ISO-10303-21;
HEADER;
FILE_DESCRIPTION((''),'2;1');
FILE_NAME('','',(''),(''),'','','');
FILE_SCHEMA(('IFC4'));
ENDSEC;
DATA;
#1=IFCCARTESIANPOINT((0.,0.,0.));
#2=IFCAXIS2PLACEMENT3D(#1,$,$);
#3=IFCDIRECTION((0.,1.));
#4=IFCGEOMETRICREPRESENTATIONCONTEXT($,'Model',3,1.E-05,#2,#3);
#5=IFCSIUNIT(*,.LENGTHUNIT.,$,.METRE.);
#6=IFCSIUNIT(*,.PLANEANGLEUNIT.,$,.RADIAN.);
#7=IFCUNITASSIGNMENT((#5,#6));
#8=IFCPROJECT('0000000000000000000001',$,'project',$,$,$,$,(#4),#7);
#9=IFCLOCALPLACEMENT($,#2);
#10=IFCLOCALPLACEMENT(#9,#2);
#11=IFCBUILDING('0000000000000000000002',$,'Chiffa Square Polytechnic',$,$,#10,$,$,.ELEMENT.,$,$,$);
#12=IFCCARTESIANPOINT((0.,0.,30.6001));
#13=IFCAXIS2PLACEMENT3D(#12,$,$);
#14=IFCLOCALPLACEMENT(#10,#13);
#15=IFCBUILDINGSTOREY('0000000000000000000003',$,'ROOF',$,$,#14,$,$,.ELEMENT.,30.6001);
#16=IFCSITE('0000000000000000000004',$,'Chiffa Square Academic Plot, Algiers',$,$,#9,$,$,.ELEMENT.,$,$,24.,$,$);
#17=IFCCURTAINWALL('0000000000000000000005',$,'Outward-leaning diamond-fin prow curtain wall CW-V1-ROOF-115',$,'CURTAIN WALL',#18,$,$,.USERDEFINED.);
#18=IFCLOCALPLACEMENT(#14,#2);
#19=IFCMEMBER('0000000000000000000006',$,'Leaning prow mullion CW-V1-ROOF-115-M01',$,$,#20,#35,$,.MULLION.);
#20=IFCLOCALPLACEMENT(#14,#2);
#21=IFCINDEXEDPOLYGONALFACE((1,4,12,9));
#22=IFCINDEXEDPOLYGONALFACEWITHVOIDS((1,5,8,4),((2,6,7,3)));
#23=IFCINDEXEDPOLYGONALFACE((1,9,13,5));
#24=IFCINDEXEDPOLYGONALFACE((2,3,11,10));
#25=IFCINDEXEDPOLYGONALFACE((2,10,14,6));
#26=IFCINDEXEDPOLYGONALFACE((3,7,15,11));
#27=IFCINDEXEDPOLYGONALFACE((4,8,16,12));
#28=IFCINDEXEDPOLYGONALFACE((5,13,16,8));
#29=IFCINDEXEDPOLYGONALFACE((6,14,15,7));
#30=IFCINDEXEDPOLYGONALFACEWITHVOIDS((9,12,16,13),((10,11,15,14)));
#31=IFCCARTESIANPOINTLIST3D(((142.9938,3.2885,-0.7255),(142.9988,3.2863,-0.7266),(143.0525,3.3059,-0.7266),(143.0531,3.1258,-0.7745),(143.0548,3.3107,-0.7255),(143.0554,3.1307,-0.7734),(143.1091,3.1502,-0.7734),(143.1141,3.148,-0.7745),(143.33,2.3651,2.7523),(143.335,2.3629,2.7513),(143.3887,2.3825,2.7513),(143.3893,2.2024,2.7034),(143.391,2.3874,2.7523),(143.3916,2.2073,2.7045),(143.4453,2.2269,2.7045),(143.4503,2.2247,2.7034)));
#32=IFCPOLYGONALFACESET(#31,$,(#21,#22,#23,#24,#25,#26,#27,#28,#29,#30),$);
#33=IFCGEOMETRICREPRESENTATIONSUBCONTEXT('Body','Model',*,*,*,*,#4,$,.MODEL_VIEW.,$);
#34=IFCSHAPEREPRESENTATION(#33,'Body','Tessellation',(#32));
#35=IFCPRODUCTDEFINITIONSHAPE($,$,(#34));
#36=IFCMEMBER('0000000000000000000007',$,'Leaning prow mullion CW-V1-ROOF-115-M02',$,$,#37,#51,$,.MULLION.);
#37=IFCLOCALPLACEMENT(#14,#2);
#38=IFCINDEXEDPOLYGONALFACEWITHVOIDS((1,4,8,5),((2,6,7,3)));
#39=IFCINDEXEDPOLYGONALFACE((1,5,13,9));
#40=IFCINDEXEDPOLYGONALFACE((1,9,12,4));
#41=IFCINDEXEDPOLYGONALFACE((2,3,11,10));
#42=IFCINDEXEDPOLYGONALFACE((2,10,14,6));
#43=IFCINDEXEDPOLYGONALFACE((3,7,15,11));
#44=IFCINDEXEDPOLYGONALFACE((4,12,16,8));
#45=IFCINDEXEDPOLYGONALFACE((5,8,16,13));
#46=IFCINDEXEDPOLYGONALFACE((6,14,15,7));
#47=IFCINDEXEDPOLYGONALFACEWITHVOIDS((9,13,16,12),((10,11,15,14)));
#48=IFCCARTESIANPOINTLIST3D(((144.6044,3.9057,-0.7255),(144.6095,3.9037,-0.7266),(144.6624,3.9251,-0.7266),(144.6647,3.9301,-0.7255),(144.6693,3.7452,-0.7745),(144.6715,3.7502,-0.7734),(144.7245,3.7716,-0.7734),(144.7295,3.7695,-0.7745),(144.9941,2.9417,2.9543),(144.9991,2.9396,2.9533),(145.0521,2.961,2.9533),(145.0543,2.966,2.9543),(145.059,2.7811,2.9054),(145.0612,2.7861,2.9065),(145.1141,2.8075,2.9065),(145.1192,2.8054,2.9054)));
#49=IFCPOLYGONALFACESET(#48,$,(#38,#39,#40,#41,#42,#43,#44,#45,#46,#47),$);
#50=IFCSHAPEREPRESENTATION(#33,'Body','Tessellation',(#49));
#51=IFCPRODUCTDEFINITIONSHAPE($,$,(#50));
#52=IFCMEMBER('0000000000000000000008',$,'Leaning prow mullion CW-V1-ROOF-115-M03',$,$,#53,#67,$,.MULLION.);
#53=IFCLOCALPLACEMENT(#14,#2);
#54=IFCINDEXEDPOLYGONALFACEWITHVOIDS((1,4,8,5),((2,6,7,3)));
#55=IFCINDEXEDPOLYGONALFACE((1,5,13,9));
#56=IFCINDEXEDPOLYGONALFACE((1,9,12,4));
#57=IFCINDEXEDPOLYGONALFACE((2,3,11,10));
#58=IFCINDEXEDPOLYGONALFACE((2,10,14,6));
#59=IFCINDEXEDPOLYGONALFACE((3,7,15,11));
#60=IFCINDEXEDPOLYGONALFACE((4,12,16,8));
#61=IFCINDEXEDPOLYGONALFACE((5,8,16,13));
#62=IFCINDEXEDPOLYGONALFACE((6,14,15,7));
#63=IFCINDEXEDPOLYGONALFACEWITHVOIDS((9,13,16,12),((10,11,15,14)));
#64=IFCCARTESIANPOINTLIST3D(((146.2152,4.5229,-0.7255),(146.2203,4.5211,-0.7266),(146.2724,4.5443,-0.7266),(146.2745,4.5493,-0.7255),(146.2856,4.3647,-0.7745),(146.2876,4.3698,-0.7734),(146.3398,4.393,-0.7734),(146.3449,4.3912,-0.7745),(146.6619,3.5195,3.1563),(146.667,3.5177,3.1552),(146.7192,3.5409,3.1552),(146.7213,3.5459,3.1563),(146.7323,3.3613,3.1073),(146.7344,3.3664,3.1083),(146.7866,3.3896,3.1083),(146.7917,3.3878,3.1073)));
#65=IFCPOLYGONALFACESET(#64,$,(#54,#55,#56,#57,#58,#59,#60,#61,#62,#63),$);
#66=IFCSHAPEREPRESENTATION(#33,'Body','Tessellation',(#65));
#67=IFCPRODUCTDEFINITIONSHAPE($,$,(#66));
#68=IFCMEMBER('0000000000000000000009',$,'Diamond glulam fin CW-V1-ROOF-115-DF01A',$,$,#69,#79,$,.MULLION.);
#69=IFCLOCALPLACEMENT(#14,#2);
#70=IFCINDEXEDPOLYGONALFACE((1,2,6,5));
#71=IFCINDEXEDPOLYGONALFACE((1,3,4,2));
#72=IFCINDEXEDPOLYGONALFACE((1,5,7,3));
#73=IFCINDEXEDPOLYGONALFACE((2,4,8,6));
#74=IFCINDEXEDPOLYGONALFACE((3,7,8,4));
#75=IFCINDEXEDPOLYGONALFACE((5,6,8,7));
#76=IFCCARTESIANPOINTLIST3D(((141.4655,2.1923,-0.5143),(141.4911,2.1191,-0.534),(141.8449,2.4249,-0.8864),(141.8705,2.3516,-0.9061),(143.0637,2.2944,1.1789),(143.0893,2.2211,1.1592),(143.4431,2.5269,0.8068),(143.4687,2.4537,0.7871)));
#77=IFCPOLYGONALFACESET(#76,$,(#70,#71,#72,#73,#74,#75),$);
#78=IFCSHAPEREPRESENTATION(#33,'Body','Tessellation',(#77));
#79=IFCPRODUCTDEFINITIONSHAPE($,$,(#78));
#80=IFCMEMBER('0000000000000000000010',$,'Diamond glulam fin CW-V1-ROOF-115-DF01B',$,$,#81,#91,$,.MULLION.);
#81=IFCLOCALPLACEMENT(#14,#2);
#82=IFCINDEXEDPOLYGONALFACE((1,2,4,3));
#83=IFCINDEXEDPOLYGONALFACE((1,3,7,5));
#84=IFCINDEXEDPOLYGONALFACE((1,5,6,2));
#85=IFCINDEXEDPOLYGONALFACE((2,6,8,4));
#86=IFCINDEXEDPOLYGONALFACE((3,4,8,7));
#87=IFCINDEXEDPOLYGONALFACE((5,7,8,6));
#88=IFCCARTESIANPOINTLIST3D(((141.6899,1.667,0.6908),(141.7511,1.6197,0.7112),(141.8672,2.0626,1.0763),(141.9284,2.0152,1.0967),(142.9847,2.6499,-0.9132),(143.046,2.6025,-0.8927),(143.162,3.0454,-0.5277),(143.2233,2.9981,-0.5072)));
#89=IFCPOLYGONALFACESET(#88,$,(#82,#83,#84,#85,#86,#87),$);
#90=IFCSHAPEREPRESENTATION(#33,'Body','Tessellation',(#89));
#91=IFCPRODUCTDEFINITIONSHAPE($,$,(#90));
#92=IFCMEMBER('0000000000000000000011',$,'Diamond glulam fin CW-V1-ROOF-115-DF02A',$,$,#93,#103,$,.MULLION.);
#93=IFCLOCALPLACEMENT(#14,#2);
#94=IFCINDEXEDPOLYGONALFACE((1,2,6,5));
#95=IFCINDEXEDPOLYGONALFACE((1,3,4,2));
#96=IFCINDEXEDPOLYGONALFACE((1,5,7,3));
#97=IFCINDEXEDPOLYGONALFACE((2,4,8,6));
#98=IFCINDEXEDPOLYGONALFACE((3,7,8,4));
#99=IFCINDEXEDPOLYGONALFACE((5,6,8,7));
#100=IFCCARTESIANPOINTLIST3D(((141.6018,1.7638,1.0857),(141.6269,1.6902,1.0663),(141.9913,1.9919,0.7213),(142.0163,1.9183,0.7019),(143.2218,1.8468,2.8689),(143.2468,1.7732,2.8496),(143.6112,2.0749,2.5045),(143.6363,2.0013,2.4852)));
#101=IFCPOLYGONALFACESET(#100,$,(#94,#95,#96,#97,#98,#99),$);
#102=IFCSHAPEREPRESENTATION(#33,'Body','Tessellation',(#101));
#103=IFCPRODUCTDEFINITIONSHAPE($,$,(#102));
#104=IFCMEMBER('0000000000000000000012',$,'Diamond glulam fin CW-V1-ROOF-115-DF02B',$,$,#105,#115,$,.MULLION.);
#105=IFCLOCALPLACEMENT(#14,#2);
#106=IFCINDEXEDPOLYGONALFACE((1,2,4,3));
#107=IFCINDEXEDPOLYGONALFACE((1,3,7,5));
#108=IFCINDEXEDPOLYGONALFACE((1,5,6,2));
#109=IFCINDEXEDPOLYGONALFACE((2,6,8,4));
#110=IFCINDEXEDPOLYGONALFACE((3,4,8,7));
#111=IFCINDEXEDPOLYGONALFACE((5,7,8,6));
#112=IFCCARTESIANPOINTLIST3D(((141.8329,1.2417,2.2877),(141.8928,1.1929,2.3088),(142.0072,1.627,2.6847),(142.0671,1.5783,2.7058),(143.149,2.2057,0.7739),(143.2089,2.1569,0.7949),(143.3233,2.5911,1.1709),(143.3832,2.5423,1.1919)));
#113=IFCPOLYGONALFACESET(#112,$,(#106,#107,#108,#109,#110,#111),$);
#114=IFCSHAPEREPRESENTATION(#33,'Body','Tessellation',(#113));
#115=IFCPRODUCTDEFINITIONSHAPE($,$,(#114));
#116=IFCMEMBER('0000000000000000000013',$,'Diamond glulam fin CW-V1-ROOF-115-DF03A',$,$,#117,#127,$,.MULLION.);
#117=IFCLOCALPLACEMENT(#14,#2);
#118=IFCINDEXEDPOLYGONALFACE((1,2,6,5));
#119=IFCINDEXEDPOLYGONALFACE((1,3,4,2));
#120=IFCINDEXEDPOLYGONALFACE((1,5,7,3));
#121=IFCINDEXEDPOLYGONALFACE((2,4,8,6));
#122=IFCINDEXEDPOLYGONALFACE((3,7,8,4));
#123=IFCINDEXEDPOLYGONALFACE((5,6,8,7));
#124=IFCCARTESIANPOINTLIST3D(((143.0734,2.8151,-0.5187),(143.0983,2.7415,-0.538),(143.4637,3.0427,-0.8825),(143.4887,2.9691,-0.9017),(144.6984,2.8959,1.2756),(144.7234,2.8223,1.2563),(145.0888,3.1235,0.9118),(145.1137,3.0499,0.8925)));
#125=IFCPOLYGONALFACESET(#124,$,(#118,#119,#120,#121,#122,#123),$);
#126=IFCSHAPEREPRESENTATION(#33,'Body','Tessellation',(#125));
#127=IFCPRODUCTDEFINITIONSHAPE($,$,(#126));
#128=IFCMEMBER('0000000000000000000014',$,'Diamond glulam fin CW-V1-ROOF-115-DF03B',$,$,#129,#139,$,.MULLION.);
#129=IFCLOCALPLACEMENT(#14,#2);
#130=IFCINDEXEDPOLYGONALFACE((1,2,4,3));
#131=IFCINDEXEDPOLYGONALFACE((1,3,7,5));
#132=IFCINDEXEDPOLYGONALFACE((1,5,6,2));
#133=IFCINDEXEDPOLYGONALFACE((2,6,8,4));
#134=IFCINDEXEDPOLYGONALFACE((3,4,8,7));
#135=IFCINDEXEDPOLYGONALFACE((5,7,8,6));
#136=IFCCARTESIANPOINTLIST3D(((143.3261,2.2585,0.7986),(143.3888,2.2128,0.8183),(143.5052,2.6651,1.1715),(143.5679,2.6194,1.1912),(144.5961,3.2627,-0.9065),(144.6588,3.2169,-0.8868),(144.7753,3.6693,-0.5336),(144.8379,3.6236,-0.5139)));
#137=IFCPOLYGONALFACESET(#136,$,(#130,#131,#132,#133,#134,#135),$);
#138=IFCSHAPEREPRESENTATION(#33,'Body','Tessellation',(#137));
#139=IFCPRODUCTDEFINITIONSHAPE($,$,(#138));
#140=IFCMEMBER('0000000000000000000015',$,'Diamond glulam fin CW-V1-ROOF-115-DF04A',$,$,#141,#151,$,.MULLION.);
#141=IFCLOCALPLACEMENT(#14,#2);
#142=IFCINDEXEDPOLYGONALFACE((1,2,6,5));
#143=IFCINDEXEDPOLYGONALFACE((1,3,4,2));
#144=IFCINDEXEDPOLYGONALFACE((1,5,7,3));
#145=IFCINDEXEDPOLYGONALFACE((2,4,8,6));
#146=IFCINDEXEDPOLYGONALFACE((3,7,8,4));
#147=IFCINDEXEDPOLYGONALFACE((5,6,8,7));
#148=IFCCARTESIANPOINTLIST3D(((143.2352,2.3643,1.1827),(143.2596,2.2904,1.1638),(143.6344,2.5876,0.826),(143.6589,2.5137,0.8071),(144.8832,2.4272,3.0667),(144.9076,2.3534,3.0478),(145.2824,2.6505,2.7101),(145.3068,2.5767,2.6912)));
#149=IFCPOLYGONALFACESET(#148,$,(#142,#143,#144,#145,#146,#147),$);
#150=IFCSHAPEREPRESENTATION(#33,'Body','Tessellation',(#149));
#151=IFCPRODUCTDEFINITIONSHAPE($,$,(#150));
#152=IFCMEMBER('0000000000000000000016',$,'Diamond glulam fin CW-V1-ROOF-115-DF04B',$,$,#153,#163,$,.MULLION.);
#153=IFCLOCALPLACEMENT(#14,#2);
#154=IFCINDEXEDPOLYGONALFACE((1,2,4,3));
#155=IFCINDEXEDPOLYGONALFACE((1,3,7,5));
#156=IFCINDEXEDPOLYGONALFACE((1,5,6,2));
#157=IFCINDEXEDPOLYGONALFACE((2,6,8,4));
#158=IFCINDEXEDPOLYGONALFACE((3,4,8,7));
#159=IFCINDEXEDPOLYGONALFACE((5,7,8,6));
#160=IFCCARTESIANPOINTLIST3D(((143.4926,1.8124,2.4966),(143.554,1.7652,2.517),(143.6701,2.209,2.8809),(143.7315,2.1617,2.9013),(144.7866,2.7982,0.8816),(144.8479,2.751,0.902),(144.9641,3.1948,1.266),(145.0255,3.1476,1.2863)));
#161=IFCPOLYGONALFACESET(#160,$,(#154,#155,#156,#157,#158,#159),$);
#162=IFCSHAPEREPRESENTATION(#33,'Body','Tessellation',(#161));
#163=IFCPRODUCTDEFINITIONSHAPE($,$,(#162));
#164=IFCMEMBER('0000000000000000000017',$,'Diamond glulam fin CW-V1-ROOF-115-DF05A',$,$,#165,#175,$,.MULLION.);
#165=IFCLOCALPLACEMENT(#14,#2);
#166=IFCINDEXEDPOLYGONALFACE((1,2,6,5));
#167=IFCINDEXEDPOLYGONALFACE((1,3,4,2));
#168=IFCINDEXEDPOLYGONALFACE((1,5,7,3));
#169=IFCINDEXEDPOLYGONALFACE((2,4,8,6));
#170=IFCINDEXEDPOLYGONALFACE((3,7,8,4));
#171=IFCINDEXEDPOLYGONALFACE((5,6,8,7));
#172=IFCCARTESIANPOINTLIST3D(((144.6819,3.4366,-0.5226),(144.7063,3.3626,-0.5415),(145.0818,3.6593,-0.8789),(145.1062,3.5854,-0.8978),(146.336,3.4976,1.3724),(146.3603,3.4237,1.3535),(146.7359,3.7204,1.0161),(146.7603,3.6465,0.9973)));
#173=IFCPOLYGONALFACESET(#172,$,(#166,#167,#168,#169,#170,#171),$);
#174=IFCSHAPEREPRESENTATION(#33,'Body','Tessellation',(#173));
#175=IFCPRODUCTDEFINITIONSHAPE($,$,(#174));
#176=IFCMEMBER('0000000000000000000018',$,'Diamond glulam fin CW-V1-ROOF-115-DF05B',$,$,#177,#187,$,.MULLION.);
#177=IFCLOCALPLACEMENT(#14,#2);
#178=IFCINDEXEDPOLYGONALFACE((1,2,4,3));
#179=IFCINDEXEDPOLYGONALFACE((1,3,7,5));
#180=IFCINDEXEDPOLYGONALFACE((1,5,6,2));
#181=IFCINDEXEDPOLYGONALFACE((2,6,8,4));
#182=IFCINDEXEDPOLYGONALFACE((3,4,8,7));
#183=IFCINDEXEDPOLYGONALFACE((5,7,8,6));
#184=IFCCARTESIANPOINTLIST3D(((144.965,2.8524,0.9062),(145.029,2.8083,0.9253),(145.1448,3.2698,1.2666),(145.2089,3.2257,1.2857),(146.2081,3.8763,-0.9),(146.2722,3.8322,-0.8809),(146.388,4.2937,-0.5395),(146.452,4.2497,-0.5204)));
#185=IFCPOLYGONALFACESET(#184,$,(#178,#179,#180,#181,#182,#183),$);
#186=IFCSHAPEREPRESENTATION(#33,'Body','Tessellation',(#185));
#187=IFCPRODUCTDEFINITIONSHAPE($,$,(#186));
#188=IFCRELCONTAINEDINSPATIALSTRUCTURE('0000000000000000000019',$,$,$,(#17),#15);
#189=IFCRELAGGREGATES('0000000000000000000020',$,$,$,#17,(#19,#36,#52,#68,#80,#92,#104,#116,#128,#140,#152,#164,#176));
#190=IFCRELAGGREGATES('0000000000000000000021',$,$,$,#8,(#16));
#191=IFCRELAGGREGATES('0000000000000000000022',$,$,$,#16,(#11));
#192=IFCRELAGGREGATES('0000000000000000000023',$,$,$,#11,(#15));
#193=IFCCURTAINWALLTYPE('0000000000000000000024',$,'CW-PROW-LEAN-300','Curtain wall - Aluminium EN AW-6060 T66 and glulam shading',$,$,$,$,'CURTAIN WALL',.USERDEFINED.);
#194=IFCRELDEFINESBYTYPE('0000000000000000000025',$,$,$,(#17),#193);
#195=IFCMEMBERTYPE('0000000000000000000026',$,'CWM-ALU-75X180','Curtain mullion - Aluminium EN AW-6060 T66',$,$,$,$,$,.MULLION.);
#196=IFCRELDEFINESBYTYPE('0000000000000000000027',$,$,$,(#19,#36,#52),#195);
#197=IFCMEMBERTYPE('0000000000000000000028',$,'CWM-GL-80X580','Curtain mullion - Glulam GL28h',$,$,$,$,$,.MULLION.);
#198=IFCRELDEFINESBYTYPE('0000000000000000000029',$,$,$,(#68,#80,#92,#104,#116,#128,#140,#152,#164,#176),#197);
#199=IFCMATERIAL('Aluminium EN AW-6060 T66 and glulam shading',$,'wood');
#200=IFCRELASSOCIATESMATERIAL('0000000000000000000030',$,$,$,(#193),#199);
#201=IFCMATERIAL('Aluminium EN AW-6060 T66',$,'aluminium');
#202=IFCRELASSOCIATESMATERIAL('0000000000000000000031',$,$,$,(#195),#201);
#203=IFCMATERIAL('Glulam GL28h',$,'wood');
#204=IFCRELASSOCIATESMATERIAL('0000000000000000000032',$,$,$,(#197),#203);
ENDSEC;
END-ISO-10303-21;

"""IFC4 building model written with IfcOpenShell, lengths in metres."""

from ifc_helpers import new_model, si_unit, direction, frame, origin, origin_2d, place, context, subcontext, project, spatial, rectangle, hollow_rectangle, extrude, material, material_profile, profile_set, type_object, element, aggregate, save


model = new_model("IFC4")

# Units and contexts
model_context = context("Model", 3, precision=1e-05, world=origin(), true_north=direction((0.0, 1.0)))
body_context = subcontext(model_context, "Body", "Model", "MODEL_VIEW")
ifc_project = project(units=[si_unit("LENGTHUNIT", "METRE"), si_unit("PLANEANGLEUNIT", "RADIAN")], contexts=[model_context])

# Site, building, storey
site_placement = place(None, origin())
site = spatial("IfcSite", under=ifc_project, at=site_placement, Name="Chiffa Square Academic Plot, Algiers", CompositionType="ELEMENT", RefElevation=24.0)
building_placement = place(site_placement, origin())
building = spatial("IfcBuilding", under=site, at=building_placement, Name="Chiffa Square Polytechnic", CompositionType="ELEMENT")
storey_placement = place(building_placement, frame((0.0, 0.0, 30.6001)))
storey = spatial("IfcBuildingStorey", under=building, at=storey_placement, Name="ROOF", CompositionType="ELEMENT", Elevation=30.6001)

# Curtain wall, members
ifc_material_1 = material(Name="Aluminium EN AW-6060 T66 and glulam shading", Category="wood")
curtain_wall_type_1 = type_object("IfcCurtainWallType", Name="CW-PROW-LEAN-300", Description="Curtain wall - Aluminium EN AW-6060 T66 and glulam shading", ElementType="CURTAIN WALL", PredefinedType="USERDEFINED", material=ifc_material_1)
curtain_wall_1_placement = place(storey_placement, origin())
curtain_wall_1 = element("IfcCurtainWall", 1, at=curtain_wall_1_placement, inside=storey, type_object=curtain_wall_type_1, Name="Outward-leaning diamond-fin prow curtain wall CW-V1-ROOF-115", ObjectType="CURTAIN WALL", PredefinedType="USERDEFINED")
ifc_material_2 = material(Name="Aluminium EN AW-6060 T66", Category="aluminium")
ifc_material_profile_1 = material_profile(ifc_material_2, hollow_rectangle(XDim=0.0649, YDim=0.1799, WallThickness=0.0039, at=origin_2d()), Name="ALU 65x180x4")
ifc_profile_set_1 = profile_set([ifc_material_profile_1], Name="Aluminium EN AW-6060 T66")
member_type_1 = type_object("IfcMemberType", Name="CWM-ALU-75X180", Description="Curtain mullion - Aluminium EN AW-6060 T66", PredefinedType="MULLION", material=ifc_profile_set_1)
member_1_placement = place(storey_placement, frame((143.054, 3.2183, -0.75), z_axis=(0.093024, -0.255494, 0.962325), x_axis=(0.939656, 0.342122, 0.0)))
member_1 = element("IfcMember", 2, at=member_1_placement, type_object=member_type_1, Name="Leaning prow mullion CW-V1-ROOF-115-M01", PredefinedType="MULLION", context=body_context, shape_type="SweptSolid", body=[
    extrude(hollow_rectangle(XDim=0.0649, YDim=0.1799, WallThickness=0.0039, at=origin_2d()), origin(), (0.0, 0.0, 1.0), 3.614),
])
member_2_placement = place(storey_placement, frame((144.667, 3.8376, -0.75), z_axis=(0.101895, -0.252119, 0.962317), x_axis=(0.927143, 0.374708, 0.0)))
member_2 = element("IfcMember", 3, at=member_2_placement, type_object=member_type_1, Name="Leaning prow mullion CW-V1-ROOF-115-M02", PredefinedType="MULLION", context=body_context, shape_type="SweptSolid", body=[
    extrude(hollow_rectangle(XDim=0.0649, YDim=0.1799, WallThickness=0.0039, at=origin_2d()), origin(), (0.0, 0.0, 1.0), 3.824),
])
member_3_placement = place(storey_placement, frame((146.28, 4.457, -0.75), z_axis=(0.110746, -0.248725, 0.962222), x_axis=(0.913536, 0.406757, 0.0)))
member_3 = element("IfcMember", 4, at=member_3_placement, type_object=member_type_1, Name="Leaning prow mullion CW-V1-ROOF-115-M03", PredefinedType="MULLION", context=body_context, shape_type="SweptSolid", body=[
    extrude(hollow_rectangle(XDim=0.0649, YDim=0.1799, WallThickness=0.0039, at=origin_2d()), origin(), (0.0, 0.0, 1.0), 4.0342),
])
ifc_material_3 = material(Name="Glulam GL28h", Category="wood")
ifc_material_profile_2 = material_profile(ifc_material_3, rectangle(XDim=0.0801, YDim=0.5801, at=origin_2d()), Name="GL28h 80x580")
ifc_profile_set_2 = profile_set([ifc_material_profile_2], Name="Glulam GL28h")
member_type_2 = type_object("IfcMemberType", Name="CWM-GL-80X580", Description="Curtain mullion - Glulam GL28h", PredefinedType="MULLION", material=ifc_profile_set_2)
member_4_placement = place(storey_placement, frame((141.668, 2.272, -0.7102), z_axis=(0.685759, 0.04379, 0.72651), x_axis=(-0.319322, 0.915091, 0.246254)))
member_4 = element("IfcMember", 5, at=member_4_placement, type_object=member_type_2, Name="Diamond glulam fin CW-V1-ROOF-115-DF01A", PredefinedType="MULLION", context=body_context, shape_type="SweptSolid", body=[
    extrude(rectangle(XDim=0.0801, YDim=0.5801, at=origin_2d()), origin(), (0.0, 0.0, 1.0), 2.3306),
])
member_5_placement = place(storey_placement, frame((143.104, 2.824, -0.7102), z_axis=(-0.567002, -0.430383, 0.702338), x_axis=(0.764928, -0.591446, 0.255102)))
member_5 = element("IfcMember", 6, at=member_5_placement, type_object=member_type_2, Name="Diamond glulam fin CW-V1-ROOF-115-DF01B", PredefinedType="MULLION", context=body_context, shape_type="SweptSolid", body=[
    extrude(rectangle(XDim=0.0801, YDim=0.5801, at=origin_2d()), origin(), (0.0, 0.0, 1.0), 2.2837),
])
member_6_placement = place(storey_placement, frame((141.8091, 1.8411, 0.8938), z_axis=(0.671997, 0.034435, 0.739753), x_axis=(-0.312534, 0.91879, 0.241138)))
member_6 = element("IfcMember", 7, at=member_6_placement, type_object=member_type_2, Name="Diamond glulam fin CW-V1-ROOF-115-DF02A", PredefinedType="MULLION", context=body_context, shape_type="SweptSolid", body=[
    extrude(rectangle(XDim=0.0801, YDim=0.5801, at=origin_2d()), origin(), (0.0, 0.0, 1.0), 2.4106),
])
member_7_placement = place(storey_placement, frame((143.2661, 2.374, 0.9829), z_axis=(-0.591348, -0.433172, 0.680198), x_axis=(0.748332, -0.60909, 0.262694)))
member_7 = element("IfcMember", 8, at=member_7_placement, type_object=member_type_2, Name="Diamond glulam fin CW-V1-ROOF-115-DF02B", PredefinedType="MULLION", context=body_context, shape_type="SweptSolid", body=[
    extrude(rectangle(XDim=0.0801, YDim=0.5801, at=origin_2d()), origin(), (0.0, 0.0, 1.0), 2.2256),
])
member_8_placement = place(storey_placement, frame((143.281, 2.8921, -0.7102), z_axis=(0.670922, 0.033365, 0.740777), x_axis=(-0.311512, 0.919243, 0.240734)))
member_8 = element("IfcMember", 9, at=member_8_placement, type_object=member_type_2, Name="Diamond glulam fin CW-V1-ROOF-115-DF03A", PredefinedType="MULLION", context=body_context, shape_type="SweptSolid", body=[
    extrude(rectangle(XDim=0.0801, YDim=0.5801, at=origin_2d()), origin(), (0.0, 0.0, 1.0), 2.4221),
])
member_9_placement = place(storey_placement, frame((144.717, 3.4431, -0.7102), z_axis=(-0.540138, -0.427064, 0.725167), x_axis=(0.782877, -0.57115, 0.246762)))
member_9 = element("IfcMember", 10, at=member_9_placement, type_object=member_type_2, Name="Diamond glulam fin CW-V1-ROOF-115-DF03B", PredefinedType="MULLION", context=body_context, shape_type="SweptSolid", body=[
    extrude(rectangle(XDim=0.0801, YDim=0.5801, at=origin_2d()), origin(), (0.0, 0.0, 1.0), 2.3513),
])
member_10_placement = place(storey_placement, frame((143.447, 2.439, 0.9949), z_axis=(0.658165, 0.025157, 0.752453), x_axis=(-0.305116, 0.9226, 0.236037)))
member_10 = element("IfcMember", 11, at=member_10_placement, type_object=member_type_2, Name="Diamond glulam fin CW-V1-ROOF-115-DF04A", PredefinedType="MULLION", context=body_context, shape_type="SweptSolid", body=[
    extrude(rectangle(XDim=0.0801, YDim=0.5801, at=origin_2d()), origin(), (0.0, 0.0, 1.0), 2.5039),
])
member_11_placement = place(storey_placement, frame((144.906, 2.9729, 1.084), z_axis=(-0.564489, -0.430077, 0.704546), x_axis=(0.766619, -0.58959, 0.254319)))
member_11 = element("IfcMember", 12, at=member_11_placement, type_object=member_type_2, Name="Diamond glulam fin CW-V1-ROOF-115-DF04B", PredefinedType="MULLION", context=body_context, shape_type="SweptSolid", body=[
    extrude(rectangle(XDim=0.0801, YDim=0.5801, at=origin_2d()), origin(), (0.0, 0.0, 1.0), 2.2922),
])
member_12_placement = place(storey_placement, frame((144.894, 3.511, -0.7102), z_axis=(0.65739, 0.024258, 0.75316), x_axis=(-0.304151, 0.922993, 0.235748)))
member_12 = element("IfcMember", 13, at=member_12_placement, type_object=member_type_2, Name="Diamond glulam fin CW-V1-ROOF-115-DF05A", PredefinedType="MULLION", context=body_context, shape_type="SweptSolid", body=[
    extrude(rectangle(XDim=0.0801, YDim=0.5801, at=origin_2d()), origin(), (0.0, 0.0, 1.0), 2.5161),
])
member_13_placement = place(storey_placement, frame((146.3301, 4.063, -0.7102), z_axis=(-0.513719, -0.423122, 0.746365), x_axis=(0.799993, -0.550569, 0.238507)))
member_13 = element("IfcMember", 14, at=member_13_placement, type_object=member_type_2, Name="Diamond glulam fin CW-V1-ROOF-115-DF05B", PredefinedType="MULLION", context=body_context, shape_type="SweptSolid", body=[
    extrude(rectangle(XDim=0.0801, YDim=0.5801, at=origin_2d()), origin(), (0.0, 0.0, 1.0), 2.4199),
])

aggregate(curtain_wall_1, [member_1, member_2, member_3, member_4, member_5, member_6, member_7, member_8, member_9, member_10, member_11, member_12, member_13])

save(model, "model.ifc")
